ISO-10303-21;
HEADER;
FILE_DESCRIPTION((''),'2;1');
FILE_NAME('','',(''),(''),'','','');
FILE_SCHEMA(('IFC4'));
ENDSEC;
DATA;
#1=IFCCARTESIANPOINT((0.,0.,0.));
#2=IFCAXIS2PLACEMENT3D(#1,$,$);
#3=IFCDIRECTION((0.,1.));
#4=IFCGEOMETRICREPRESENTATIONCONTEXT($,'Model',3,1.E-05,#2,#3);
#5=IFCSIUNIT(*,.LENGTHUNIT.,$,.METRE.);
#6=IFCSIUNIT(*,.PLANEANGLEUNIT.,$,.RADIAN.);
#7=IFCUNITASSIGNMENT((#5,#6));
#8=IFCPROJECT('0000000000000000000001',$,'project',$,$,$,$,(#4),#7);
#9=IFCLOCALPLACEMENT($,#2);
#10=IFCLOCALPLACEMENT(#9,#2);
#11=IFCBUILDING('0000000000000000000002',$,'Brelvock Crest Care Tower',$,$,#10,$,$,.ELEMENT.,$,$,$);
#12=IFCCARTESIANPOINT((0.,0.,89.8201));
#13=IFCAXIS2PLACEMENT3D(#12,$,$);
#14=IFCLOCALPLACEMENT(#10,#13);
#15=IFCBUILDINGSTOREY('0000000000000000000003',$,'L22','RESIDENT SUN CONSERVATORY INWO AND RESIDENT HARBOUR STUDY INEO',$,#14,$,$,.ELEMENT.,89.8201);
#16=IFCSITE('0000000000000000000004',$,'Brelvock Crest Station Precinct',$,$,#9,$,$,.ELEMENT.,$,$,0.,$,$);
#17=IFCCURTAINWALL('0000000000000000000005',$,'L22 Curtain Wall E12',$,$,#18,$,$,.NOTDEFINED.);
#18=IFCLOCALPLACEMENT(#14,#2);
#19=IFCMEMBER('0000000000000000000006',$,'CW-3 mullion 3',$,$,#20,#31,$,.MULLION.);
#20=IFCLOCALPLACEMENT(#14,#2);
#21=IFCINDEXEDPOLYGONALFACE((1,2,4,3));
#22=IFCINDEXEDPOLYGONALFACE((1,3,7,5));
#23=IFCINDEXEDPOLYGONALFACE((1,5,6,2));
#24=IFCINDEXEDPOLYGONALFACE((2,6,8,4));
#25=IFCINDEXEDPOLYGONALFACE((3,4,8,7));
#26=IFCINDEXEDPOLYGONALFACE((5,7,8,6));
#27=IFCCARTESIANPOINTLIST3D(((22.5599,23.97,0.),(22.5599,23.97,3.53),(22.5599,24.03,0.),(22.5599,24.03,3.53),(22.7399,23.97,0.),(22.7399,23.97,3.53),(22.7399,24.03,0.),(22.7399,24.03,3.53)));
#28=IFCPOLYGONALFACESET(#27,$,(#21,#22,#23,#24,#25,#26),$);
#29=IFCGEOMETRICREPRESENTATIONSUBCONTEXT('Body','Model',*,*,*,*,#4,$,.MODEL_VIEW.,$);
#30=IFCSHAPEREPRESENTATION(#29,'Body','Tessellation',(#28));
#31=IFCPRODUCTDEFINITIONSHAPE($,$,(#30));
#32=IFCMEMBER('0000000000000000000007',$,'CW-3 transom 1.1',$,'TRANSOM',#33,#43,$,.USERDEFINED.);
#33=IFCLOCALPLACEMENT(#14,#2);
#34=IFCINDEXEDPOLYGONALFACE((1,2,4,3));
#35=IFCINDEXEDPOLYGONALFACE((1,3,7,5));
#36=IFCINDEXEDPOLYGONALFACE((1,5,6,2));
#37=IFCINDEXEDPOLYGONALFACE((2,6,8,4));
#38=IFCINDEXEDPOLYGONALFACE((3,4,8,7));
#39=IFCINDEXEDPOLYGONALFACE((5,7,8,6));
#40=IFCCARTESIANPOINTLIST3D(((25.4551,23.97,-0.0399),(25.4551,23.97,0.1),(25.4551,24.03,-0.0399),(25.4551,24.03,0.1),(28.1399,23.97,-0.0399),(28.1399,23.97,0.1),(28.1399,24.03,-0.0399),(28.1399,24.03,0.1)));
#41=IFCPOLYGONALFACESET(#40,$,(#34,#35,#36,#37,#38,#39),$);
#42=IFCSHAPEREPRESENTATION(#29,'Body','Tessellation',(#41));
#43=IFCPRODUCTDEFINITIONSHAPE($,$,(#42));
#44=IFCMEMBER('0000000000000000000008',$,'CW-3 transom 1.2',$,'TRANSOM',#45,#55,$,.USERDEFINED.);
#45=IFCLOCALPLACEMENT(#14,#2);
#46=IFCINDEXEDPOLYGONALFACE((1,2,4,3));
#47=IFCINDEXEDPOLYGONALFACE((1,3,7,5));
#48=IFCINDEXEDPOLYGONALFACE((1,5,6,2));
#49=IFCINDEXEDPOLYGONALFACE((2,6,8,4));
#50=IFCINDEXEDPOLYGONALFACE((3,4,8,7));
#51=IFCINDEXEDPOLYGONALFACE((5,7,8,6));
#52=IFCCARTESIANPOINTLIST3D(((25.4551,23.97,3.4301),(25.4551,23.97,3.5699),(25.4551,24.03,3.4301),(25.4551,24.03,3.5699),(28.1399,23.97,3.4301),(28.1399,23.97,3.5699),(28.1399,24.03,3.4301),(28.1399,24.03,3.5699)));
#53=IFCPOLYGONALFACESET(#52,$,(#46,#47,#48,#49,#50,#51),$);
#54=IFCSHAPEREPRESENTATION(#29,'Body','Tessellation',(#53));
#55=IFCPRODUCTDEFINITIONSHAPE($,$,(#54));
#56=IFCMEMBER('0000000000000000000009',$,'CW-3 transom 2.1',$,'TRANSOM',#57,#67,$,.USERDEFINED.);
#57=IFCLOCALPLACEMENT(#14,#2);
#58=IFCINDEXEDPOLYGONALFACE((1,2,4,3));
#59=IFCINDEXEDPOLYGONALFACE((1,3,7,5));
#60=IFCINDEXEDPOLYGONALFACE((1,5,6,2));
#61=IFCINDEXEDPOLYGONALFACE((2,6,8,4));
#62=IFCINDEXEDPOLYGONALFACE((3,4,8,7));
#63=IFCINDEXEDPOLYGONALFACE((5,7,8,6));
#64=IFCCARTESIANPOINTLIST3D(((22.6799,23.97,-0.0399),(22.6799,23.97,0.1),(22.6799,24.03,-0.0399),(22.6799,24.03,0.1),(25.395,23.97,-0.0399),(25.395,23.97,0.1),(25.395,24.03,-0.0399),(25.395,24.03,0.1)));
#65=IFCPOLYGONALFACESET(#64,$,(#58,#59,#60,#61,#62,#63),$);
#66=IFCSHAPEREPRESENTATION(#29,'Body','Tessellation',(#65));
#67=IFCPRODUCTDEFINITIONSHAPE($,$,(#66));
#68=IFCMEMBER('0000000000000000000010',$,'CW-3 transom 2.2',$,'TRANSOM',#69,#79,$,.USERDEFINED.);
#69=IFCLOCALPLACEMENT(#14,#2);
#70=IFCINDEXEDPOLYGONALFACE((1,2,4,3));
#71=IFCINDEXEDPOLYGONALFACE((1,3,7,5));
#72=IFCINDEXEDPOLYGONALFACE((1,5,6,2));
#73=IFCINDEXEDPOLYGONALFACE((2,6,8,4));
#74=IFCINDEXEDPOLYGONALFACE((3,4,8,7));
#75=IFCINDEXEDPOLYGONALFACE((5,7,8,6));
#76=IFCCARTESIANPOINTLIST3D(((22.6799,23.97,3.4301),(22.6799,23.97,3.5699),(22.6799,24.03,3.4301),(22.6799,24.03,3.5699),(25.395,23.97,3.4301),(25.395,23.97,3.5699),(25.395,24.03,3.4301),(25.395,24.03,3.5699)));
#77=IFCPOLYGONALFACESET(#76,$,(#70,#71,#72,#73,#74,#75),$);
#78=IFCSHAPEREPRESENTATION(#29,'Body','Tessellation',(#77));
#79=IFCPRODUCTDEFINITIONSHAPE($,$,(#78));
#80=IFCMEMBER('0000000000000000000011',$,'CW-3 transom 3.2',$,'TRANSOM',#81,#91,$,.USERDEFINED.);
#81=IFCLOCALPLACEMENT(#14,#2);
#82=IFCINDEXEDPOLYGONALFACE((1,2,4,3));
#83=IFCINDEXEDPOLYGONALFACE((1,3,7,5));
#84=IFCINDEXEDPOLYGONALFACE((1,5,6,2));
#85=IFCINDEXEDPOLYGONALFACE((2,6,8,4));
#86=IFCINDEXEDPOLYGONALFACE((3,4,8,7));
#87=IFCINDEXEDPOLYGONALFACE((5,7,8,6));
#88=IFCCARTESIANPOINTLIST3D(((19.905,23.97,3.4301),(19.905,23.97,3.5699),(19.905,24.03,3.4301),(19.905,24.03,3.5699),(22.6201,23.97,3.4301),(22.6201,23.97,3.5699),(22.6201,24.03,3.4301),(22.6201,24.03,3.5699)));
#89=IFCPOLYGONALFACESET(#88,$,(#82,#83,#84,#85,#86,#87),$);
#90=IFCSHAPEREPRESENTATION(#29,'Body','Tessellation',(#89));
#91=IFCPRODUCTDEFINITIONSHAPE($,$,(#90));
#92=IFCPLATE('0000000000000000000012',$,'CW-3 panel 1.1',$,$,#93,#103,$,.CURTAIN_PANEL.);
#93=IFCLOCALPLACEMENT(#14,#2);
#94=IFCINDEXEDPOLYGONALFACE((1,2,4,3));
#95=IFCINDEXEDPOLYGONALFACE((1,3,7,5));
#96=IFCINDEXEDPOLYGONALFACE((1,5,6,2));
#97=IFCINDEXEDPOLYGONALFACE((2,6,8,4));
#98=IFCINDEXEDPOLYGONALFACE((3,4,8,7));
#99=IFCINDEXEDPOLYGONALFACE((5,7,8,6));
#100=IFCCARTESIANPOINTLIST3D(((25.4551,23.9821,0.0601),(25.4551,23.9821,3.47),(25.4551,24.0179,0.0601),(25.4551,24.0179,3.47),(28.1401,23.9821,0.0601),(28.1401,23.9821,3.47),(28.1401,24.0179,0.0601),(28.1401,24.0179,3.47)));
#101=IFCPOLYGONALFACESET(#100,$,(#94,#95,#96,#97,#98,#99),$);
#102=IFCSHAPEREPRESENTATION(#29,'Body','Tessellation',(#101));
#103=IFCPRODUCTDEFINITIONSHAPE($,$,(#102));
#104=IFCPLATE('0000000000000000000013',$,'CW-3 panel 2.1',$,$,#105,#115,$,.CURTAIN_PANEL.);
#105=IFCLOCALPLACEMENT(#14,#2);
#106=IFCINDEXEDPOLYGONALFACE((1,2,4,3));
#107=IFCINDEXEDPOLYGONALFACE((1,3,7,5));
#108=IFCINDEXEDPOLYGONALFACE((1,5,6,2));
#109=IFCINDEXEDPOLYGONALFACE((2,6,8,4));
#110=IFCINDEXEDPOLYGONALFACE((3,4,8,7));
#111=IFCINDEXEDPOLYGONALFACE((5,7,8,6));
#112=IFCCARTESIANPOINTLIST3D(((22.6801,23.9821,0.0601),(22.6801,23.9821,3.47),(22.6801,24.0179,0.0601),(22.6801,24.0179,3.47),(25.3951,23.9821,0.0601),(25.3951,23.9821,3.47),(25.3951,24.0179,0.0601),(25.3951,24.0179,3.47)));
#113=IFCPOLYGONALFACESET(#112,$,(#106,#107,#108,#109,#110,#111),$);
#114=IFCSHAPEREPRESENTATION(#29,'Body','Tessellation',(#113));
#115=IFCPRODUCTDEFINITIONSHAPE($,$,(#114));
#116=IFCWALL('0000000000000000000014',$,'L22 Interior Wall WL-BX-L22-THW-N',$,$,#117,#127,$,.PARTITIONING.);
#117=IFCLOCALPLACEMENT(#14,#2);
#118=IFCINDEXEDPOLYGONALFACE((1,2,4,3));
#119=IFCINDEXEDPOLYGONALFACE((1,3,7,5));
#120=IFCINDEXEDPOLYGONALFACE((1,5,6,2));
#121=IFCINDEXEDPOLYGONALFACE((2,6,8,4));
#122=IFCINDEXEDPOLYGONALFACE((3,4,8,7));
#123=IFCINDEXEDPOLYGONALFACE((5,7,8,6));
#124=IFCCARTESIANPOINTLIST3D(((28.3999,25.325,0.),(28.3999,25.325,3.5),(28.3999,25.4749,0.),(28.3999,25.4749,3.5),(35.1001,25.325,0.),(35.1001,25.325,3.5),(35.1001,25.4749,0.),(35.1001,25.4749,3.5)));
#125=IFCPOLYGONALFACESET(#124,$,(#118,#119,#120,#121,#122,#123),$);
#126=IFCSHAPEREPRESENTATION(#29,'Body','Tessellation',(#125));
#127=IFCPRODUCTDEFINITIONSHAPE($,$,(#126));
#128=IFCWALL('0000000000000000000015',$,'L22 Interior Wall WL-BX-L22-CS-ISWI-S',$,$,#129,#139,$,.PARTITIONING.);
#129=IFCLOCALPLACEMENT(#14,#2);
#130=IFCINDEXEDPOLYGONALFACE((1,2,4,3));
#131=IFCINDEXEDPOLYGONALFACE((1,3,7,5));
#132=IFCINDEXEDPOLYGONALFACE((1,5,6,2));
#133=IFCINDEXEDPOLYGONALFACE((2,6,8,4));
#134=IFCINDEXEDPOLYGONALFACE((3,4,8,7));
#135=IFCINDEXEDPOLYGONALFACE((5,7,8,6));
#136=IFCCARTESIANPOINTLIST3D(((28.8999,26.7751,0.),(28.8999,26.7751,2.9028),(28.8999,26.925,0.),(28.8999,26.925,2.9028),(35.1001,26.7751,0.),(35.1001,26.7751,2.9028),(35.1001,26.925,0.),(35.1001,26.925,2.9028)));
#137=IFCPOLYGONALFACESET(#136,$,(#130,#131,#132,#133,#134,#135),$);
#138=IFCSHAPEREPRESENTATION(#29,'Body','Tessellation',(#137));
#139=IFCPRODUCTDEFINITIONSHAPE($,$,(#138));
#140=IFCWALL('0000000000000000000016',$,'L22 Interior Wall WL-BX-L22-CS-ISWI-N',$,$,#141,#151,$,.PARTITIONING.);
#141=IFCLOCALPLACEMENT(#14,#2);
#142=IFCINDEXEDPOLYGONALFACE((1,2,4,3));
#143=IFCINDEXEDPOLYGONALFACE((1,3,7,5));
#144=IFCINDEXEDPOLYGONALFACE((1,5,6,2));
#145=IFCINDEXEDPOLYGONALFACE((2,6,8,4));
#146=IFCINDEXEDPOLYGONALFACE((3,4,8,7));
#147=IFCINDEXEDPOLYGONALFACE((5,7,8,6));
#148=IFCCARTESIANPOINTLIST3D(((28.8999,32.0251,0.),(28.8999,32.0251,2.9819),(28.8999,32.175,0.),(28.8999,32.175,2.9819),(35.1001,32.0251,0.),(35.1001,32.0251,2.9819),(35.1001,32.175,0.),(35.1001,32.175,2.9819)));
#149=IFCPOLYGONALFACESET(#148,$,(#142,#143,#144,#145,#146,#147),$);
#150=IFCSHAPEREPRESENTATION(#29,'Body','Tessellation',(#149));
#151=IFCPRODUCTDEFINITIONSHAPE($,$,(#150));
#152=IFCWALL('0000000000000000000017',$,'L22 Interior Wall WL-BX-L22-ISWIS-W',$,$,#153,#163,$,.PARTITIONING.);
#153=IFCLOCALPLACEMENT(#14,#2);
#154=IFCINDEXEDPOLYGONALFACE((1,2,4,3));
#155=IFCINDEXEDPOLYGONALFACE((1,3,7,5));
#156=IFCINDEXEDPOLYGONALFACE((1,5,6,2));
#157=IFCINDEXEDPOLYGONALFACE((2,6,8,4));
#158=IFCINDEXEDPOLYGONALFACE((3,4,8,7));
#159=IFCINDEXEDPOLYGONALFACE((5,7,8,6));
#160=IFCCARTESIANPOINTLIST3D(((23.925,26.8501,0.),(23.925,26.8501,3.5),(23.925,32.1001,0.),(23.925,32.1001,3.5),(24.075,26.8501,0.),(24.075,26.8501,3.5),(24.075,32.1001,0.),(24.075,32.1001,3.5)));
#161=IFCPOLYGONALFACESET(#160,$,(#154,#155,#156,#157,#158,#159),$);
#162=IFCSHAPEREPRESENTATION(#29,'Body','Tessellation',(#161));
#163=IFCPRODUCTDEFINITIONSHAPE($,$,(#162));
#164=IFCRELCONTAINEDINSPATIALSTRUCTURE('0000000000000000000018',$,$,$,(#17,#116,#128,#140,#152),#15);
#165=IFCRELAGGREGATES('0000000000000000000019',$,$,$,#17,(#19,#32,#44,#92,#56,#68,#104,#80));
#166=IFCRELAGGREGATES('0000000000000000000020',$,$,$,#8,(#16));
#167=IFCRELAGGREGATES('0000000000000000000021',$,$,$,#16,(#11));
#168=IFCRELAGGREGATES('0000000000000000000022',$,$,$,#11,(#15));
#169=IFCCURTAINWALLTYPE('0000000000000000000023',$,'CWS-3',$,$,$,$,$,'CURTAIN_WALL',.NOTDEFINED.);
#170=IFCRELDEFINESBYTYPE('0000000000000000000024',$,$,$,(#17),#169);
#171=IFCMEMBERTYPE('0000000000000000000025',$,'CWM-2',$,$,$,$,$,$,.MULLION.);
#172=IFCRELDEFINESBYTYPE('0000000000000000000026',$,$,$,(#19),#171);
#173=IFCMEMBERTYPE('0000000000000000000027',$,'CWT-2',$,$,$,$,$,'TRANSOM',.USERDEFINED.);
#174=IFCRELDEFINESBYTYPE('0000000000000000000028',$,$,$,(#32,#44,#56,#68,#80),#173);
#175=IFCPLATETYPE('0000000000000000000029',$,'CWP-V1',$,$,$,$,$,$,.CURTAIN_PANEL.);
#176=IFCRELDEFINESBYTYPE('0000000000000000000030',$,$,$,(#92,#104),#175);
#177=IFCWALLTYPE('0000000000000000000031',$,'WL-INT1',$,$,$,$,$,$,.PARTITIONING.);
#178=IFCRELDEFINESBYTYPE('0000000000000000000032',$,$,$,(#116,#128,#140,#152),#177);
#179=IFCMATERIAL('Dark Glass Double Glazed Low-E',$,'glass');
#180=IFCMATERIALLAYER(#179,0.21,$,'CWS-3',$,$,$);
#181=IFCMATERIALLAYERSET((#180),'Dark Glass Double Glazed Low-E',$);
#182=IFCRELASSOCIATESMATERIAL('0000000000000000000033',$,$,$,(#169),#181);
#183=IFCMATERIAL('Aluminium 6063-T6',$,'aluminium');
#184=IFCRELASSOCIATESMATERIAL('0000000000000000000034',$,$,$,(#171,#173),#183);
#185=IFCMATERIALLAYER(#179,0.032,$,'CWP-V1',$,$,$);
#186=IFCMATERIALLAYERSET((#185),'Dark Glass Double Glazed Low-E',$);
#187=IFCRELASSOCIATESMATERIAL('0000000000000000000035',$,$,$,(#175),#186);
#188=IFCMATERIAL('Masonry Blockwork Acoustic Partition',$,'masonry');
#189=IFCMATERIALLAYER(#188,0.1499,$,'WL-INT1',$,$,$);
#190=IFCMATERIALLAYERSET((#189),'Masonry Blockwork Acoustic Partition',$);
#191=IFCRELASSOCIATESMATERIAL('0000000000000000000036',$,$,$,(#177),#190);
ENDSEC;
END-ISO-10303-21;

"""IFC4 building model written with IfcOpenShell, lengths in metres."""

from ifc_helpers import new_model, si_unit, direction, frame, frame_2d, origin, origin_2d, place, context, subcontext, project, spatial, rectangle, extrude, source, transform, mapped, material, layer, layer_set, material_profile, profile_set, type_object, element, aggregate, save


model = new_model("IFC4")

# Units and contexts
model_context = context("Model", 3, precision=1e-05, world=origin(), true_north=direction((0.0, 1.0)))
body_context = subcontext(model_context, "Body", "Model", "MODEL_VIEW")
ifc_project = project(units=[si_unit("LENGTHUNIT", "METRE"), si_unit("PLANEANGLEUNIT", "RADIAN")], contexts=[model_context])

# Site, building, storey
site_placement = place(None, origin())
site = spatial("IfcSite", under=ifc_project, at=site_placement, Name="Brelvock Crest Station Precinct", CompositionType="ELEMENT", RefElevation=0.0)
building_placement = place(site_placement, origin())
building = spatial("IfcBuilding", under=site, at=building_placement, Name="Brelvock Crest Care Tower", CompositionType="ELEMENT")
storey_placement = place(building_placement, frame((0.0, 0.0, 89.8201)))
storey = spatial("IfcBuildingStorey", under=building, at=storey_placement, Name="L22", Description="RESIDENT SUN CONSERVATORY INWO AND RESIDENT HARBOUR STUDY INEO", CompositionType="ELEMENT", Elevation=89.8201)

# Curtain wall, members, plates
ifc_material_1 = material(Name="Dark Glass Double Glazed Low-E", Category="glass")
ifc_layer_1 = layer(ifc_material_1, 0.21, Name="CWS-3")
ifc_layer_set_1 = layer_set([ifc_layer_1], Name="Dark Glass Double Glazed Low-E")
curtain_wall_type = type_object("IfcCurtainWallType", Name="CWS-3", ElementType="CURTAIN_WALL", PredefinedType="NOTDEFINED", material=ifc_layer_set_1)
curtain_wall_placement = place(storey_placement, origin())
curtain_wall = element("IfcCurtainWall", 1, at=curtain_wall_placement, inside=storey, type_object=curtain_wall_type, Name="L22 Curtain Wall E12", PredefinedType="NOTDEFINED")
ifc_material_2 = material(Name="Aluminium 6063-T6", Category="aluminium")
ifc_material_profile_1 = material_profile(ifc_material_2, rectangle(XDim=0.0601, YDim=0.1799, at=origin_2d()), Name="ALU60x180")
ifc_profile_set_1 = profile_set([ifc_material_profile_1], Name="Aluminium 6063-T6")
member_type_1 = type_object("IfcMemberType", Name="CWM-2", PredefinedType="MULLION", material=ifc_profile_set_1)
shared_shape_1 = source(origin(), body_context, "Body", "SweptSolid", [
    extrude(rectangle(XDim=0.0601, YDim=0.1799, at=origin_2d()), origin(), (0.0, 0.0, 1.0), 3.53),
])
member_1_placement = place(storey_placement, frame((22.6499, 24.0, 0.0), z_axis=(0.0, 0.0, 1.0), x_axis=(0.0, -1.0, 0.0)))
member_1 = element("IfcMember", 2, at=member_1_placement, type_object=member_type_1, Name="CW-3 mullion 3", PredefinedType="MULLION", context=body_context, shape_type="MappedRepresentation", body=[
    mapped(shared_shape_1, transform((0.0, 0.0, 0.0), x_axis=(1.0, 0.0, 0.0), y_axis=(0.0, 1.0, 0.0), z_axis=(0.0, 0.0, 1.0), scale=1.0)),
])
ifc_material_profile_2 = material_profile(ifc_material_2, rectangle(XDim=0.0601, YDim=0.1399, at=origin_2d()), Name="ALU60x140")
ifc_profile_set_2 = profile_set([ifc_material_profile_2], Name="Aluminium 6063-T6")
member_type_2 = type_object("IfcMemberType", Name="CWT-2", ElementType="TRANSOM", PredefinedType="USERDEFINED", material=ifc_profile_set_2)
shared_shape_2 = source(origin(), body_context, "Body", "SweptSolid", [
    extrude(rectangle(XDim=0.0601, YDim=0.1399, at=origin_2d()), origin(), (0.0, 0.0, 1.0), 2.6848),
])
member_2_placement = place(storey_placement, frame((28.1399, 24.0, 0.03), z_axis=(-1.0, 0.0, 0.0), x_axis=(0.0, -1.0, 0.0)))
member_2 = element("IfcMember", 3, at=member_2_placement, type_object=member_type_2, Name="CW-3 transom 1.1", ObjectType="TRANSOM", PredefinedType="USERDEFINED", context=body_context, shape_type="MappedRepresentation", body=[
    mapped(shared_shape_2, transform((0.0, 0.0, 0.0), x_axis=(1.0, 0.0, 0.0), y_axis=(0.0, 1.0, 0.0), z_axis=(0.0, 0.0, 1.0), scale=1.0)),
])
member_3_placement = place(storey_placement, frame((28.1399, 24.0, 3.5), z_axis=(-1.0, 0.0, 0.0), x_axis=(0.0, -1.0, 0.0)))
member_3 = element("IfcMember", 4, at=member_3_placement, type_object=member_type_2, Name="CW-3 transom 1.2", ObjectType="TRANSOM", PredefinedType="USERDEFINED", context=body_context, shape_type="MappedRepresentation", body=[
    mapped(shared_shape_2, transform((0.0, 0.0, 0.0), x_axis=(1.0, 0.0, 0.0), y_axis=(0.0, 1.0, 0.0), z_axis=(0.0, 0.0, 1.0), scale=1.0)),
])
shared_shape_3 = source(origin(), body_context, "Body", "SweptSolid", [
    extrude(rectangle(XDim=0.0601, YDim=0.1399, at=origin_2d()), origin(), (0.0, 0.0, 1.0), 2.7151),
])
member_4_placement = place(storey_placement, frame((25.395, 24.0, 0.03), z_axis=(-1.0, 0.0, 0.0), x_axis=(0.0, -1.0, 0.0)))
member_4 = element("IfcMember", 5, at=member_4_placement, type_object=member_type_2, Name="CW-3 transom 2.1", ObjectType="TRANSOM", PredefinedType="USERDEFINED", context=body_context, shape_type="MappedRepresentation", body=[
    mapped(shared_shape_3, transform((0.0, 0.0, 0.0), x_axis=(1.0, 0.0, 0.0), y_axis=(0.0, 1.0, 0.0), z_axis=(0.0, 0.0, 1.0), scale=1.0)),
])
member_5_placement = place(storey_placement, frame((25.395, 24.0, 3.5), z_axis=(-1.0, 0.0, 0.0), x_axis=(0.0, -1.0, 0.0)))
member_5 = element("IfcMember", 6, at=member_5_placement, type_object=member_type_2, Name="CW-3 transom 2.2", ObjectType="TRANSOM", PredefinedType="USERDEFINED", context=body_context, shape_type="MappedRepresentation", body=[
    mapped(shared_shape_3, transform((0.0, 0.0, 0.0), x_axis=(1.0, 0.0, 0.0), y_axis=(0.0, 1.0, 0.0), z_axis=(0.0, 0.0, 1.0), scale=1.0)),
])
member_6_placement = place(storey_placement, frame((22.6201, 24.0, 3.5), z_axis=(-1.0, 0.0, 0.0), x_axis=(0.0, -1.0, 0.0)))
member_6 = element("IfcMember", 7, at=member_6_placement, type_object=member_type_2, Name="CW-3 transom 3.2", ObjectType="TRANSOM", PredefinedType="USERDEFINED", context=body_context, shape_type="MappedRepresentation", body=[
    mapped(shared_shape_3, transform((0.0, 0.0, 0.0), x_axis=(1.0, 0.0, 0.0), y_axis=(0.0, 1.0, 0.0), z_axis=(0.0, 0.0, 1.0), scale=1.0)),
])
ifc_layer_2 = layer(ifc_material_1, 0.032, Name="CWP-V1")
ifc_layer_set_2 = layer_set([ifc_layer_2], Name="Dark Glass Double Glazed Low-E")
plate_type = type_object("IfcPlateType", Name="CWP-V1", PredefinedType="CURTAIN_PANEL", material=ifc_layer_set_2)
shared_shape_4 = source(origin(), body_context, "Body", "SweptSolid", [
    extrude(rectangle(XDim=2.6851, YDim=0.0359, at=origin_2d()), origin(), (0.0, 0.0, 1.0), 3.4099),
])
plate_1_placement = place(storey_placement, frame((26.7976, 24.0, 0.0601), z_axis=(0.0, 0.0, 1.0), x_axis=(-1.0, 0.0, 0.0)))
plate_1 = element("IfcPlate", 8, at=plate_1_placement, type_object=plate_type, Name="CW-3 panel 1.1", PredefinedType="CURTAIN_PANEL", context=body_context, shape_type="MappedRepresentation", body=[
    mapped(shared_shape_4, transform((0.0, 0.0, 0.0), x_axis=(1.0, 0.0, 0.0), y_axis=(0.0, 1.0, 0.0), z_axis=(0.0, 0.0, 1.0), scale=1.0)),
])
shared_shape_5 = source(origin(), body_context, "Body", "SweptSolid", [
    extrude(rectangle(XDim=2.7151, YDim=0.0359, at=origin_2d()), origin(), (0.0, 0.0, 1.0), 3.4099),
])
plate_2_placement = place(storey_placement, frame((24.0376, 24.0, 0.0601), z_axis=(0.0, 0.0, 1.0), x_axis=(-1.0, 0.0, 0.0)))
plate_2 = element("IfcPlate", 9, at=plate_2_placement, type_object=plate_type, Name="CW-3 panel 2.1", PredefinedType="CURTAIN_PANEL", context=body_context, shape_type="MappedRepresentation", body=[
    mapped(shared_shape_5, transform((0.0, 0.0, 0.0), x_axis=(1.0, 0.0, 0.0), y_axis=(0.0, 1.0, 0.0), z_axis=(0.0, 0.0, 1.0), scale=1.0)),
])
aggregate(curtain_wall, [member_1, member_2, member_3, plate_1, member_4, member_5, plate_2, member_6])

# Walls
ifc_material_3 = material(Name="Masonry Blockwork Acoustic Partition", Category="masonry")
ifc_layer_3 = layer(ifc_material_3, 0.1499, Name="WL-INT1")
ifc_layer_set_3 = layer_set([ifc_layer_3], Name="Masonry Blockwork Acoustic Partition")
wall_type_1 = type_object("IfcWallType", Name="WL-INT1", PredefinedType="PARTITIONING", material=ifc_layer_set_3)
wall_1_placement = place(storey_placement, frame((28.3999, 25.3999, 0.0), z_axis=(0.0, 0.0, 1.0), x_axis=(1.0, 0.0, 0.0)))
element("IfcWall", 10, at=wall_1_placement, inside=storey, type_object=wall_type_1, Name="L22 Interior Wall WL-BX-L22-THW-N", PredefinedType="PARTITIONING", context=body_context, shape_type="SweptSolid", body=[
    extrude(rectangle(XDim=6.7002, YDim=0.1499, at=frame_2d((3.3501, 0.0))), origin(), (0.0, 0.0, 1.0), 3.5),
])
wall_2_placement = place(storey_placement, frame((28.8999, 26.8501, 0.0), z_axis=(0.0, 0.0, 1.0), x_axis=(1.0, 0.0, 0.0)))
element("IfcWall", 11, at=wall_2_placement, inside=storey, type_object=wall_type_1, Name="L22 Interior Wall WL-BX-L22-CS-ISWI-S", PredefinedType="PARTITIONING", context=body_context, shape_type="SweptSolid", body=[
    extrude(rectangle(XDim=6.2002, YDim=0.1499, at=frame_2d((3.1001, 0.0))), origin(), (0.0, 0.0, 1.0), 2.9028),
])
wall_3_placement = place(storey_placement, frame((28.8999, 32.1001, 0.0), z_axis=(0.0, 0.0, 1.0), x_axis=(1.0, 0.0, 0.0)))
element("IfcWall", 12, at=wall_3_placement, inside=storey, type_object=wall_type_1, Name="L22 Interior Wall WL-BX-L22-CS-ISWI-N", PredefinedType="PARTITIONING", context=body_context, shape_type="SweptSolid", body=[
    extrude(rectangle(XDim=6.2002, YDim=0.1499, at=frame_2d((3.1001, 0.0))), origin(), (0.0, 0.0, 1.0), 2.9819),
])
wall_4_placement = place(storey_placement, frame((24.0, 26.8501, 0.0), z_axis=(0.0, 0.0, 1.0), x_axis=(0.0, 1.0, 0.0)))
element("IfcWall", 13, at=wall_4_placement, inside=storey, type_object=wall_type_1, Name="L22 Interior Wall WL-BX-L22-ISWIS-W", PredefinedType="PARTITIONING", context=body_context, shape_type="SweptSolid", body=[
    extrude(rectangle(XDim=5.25, YDim=0.1499, at=frame_2d((2.625, 0.0))), origin(), (0.0, 0.0, 1.0), 3.5),
])

save(model, "model.ifc")
